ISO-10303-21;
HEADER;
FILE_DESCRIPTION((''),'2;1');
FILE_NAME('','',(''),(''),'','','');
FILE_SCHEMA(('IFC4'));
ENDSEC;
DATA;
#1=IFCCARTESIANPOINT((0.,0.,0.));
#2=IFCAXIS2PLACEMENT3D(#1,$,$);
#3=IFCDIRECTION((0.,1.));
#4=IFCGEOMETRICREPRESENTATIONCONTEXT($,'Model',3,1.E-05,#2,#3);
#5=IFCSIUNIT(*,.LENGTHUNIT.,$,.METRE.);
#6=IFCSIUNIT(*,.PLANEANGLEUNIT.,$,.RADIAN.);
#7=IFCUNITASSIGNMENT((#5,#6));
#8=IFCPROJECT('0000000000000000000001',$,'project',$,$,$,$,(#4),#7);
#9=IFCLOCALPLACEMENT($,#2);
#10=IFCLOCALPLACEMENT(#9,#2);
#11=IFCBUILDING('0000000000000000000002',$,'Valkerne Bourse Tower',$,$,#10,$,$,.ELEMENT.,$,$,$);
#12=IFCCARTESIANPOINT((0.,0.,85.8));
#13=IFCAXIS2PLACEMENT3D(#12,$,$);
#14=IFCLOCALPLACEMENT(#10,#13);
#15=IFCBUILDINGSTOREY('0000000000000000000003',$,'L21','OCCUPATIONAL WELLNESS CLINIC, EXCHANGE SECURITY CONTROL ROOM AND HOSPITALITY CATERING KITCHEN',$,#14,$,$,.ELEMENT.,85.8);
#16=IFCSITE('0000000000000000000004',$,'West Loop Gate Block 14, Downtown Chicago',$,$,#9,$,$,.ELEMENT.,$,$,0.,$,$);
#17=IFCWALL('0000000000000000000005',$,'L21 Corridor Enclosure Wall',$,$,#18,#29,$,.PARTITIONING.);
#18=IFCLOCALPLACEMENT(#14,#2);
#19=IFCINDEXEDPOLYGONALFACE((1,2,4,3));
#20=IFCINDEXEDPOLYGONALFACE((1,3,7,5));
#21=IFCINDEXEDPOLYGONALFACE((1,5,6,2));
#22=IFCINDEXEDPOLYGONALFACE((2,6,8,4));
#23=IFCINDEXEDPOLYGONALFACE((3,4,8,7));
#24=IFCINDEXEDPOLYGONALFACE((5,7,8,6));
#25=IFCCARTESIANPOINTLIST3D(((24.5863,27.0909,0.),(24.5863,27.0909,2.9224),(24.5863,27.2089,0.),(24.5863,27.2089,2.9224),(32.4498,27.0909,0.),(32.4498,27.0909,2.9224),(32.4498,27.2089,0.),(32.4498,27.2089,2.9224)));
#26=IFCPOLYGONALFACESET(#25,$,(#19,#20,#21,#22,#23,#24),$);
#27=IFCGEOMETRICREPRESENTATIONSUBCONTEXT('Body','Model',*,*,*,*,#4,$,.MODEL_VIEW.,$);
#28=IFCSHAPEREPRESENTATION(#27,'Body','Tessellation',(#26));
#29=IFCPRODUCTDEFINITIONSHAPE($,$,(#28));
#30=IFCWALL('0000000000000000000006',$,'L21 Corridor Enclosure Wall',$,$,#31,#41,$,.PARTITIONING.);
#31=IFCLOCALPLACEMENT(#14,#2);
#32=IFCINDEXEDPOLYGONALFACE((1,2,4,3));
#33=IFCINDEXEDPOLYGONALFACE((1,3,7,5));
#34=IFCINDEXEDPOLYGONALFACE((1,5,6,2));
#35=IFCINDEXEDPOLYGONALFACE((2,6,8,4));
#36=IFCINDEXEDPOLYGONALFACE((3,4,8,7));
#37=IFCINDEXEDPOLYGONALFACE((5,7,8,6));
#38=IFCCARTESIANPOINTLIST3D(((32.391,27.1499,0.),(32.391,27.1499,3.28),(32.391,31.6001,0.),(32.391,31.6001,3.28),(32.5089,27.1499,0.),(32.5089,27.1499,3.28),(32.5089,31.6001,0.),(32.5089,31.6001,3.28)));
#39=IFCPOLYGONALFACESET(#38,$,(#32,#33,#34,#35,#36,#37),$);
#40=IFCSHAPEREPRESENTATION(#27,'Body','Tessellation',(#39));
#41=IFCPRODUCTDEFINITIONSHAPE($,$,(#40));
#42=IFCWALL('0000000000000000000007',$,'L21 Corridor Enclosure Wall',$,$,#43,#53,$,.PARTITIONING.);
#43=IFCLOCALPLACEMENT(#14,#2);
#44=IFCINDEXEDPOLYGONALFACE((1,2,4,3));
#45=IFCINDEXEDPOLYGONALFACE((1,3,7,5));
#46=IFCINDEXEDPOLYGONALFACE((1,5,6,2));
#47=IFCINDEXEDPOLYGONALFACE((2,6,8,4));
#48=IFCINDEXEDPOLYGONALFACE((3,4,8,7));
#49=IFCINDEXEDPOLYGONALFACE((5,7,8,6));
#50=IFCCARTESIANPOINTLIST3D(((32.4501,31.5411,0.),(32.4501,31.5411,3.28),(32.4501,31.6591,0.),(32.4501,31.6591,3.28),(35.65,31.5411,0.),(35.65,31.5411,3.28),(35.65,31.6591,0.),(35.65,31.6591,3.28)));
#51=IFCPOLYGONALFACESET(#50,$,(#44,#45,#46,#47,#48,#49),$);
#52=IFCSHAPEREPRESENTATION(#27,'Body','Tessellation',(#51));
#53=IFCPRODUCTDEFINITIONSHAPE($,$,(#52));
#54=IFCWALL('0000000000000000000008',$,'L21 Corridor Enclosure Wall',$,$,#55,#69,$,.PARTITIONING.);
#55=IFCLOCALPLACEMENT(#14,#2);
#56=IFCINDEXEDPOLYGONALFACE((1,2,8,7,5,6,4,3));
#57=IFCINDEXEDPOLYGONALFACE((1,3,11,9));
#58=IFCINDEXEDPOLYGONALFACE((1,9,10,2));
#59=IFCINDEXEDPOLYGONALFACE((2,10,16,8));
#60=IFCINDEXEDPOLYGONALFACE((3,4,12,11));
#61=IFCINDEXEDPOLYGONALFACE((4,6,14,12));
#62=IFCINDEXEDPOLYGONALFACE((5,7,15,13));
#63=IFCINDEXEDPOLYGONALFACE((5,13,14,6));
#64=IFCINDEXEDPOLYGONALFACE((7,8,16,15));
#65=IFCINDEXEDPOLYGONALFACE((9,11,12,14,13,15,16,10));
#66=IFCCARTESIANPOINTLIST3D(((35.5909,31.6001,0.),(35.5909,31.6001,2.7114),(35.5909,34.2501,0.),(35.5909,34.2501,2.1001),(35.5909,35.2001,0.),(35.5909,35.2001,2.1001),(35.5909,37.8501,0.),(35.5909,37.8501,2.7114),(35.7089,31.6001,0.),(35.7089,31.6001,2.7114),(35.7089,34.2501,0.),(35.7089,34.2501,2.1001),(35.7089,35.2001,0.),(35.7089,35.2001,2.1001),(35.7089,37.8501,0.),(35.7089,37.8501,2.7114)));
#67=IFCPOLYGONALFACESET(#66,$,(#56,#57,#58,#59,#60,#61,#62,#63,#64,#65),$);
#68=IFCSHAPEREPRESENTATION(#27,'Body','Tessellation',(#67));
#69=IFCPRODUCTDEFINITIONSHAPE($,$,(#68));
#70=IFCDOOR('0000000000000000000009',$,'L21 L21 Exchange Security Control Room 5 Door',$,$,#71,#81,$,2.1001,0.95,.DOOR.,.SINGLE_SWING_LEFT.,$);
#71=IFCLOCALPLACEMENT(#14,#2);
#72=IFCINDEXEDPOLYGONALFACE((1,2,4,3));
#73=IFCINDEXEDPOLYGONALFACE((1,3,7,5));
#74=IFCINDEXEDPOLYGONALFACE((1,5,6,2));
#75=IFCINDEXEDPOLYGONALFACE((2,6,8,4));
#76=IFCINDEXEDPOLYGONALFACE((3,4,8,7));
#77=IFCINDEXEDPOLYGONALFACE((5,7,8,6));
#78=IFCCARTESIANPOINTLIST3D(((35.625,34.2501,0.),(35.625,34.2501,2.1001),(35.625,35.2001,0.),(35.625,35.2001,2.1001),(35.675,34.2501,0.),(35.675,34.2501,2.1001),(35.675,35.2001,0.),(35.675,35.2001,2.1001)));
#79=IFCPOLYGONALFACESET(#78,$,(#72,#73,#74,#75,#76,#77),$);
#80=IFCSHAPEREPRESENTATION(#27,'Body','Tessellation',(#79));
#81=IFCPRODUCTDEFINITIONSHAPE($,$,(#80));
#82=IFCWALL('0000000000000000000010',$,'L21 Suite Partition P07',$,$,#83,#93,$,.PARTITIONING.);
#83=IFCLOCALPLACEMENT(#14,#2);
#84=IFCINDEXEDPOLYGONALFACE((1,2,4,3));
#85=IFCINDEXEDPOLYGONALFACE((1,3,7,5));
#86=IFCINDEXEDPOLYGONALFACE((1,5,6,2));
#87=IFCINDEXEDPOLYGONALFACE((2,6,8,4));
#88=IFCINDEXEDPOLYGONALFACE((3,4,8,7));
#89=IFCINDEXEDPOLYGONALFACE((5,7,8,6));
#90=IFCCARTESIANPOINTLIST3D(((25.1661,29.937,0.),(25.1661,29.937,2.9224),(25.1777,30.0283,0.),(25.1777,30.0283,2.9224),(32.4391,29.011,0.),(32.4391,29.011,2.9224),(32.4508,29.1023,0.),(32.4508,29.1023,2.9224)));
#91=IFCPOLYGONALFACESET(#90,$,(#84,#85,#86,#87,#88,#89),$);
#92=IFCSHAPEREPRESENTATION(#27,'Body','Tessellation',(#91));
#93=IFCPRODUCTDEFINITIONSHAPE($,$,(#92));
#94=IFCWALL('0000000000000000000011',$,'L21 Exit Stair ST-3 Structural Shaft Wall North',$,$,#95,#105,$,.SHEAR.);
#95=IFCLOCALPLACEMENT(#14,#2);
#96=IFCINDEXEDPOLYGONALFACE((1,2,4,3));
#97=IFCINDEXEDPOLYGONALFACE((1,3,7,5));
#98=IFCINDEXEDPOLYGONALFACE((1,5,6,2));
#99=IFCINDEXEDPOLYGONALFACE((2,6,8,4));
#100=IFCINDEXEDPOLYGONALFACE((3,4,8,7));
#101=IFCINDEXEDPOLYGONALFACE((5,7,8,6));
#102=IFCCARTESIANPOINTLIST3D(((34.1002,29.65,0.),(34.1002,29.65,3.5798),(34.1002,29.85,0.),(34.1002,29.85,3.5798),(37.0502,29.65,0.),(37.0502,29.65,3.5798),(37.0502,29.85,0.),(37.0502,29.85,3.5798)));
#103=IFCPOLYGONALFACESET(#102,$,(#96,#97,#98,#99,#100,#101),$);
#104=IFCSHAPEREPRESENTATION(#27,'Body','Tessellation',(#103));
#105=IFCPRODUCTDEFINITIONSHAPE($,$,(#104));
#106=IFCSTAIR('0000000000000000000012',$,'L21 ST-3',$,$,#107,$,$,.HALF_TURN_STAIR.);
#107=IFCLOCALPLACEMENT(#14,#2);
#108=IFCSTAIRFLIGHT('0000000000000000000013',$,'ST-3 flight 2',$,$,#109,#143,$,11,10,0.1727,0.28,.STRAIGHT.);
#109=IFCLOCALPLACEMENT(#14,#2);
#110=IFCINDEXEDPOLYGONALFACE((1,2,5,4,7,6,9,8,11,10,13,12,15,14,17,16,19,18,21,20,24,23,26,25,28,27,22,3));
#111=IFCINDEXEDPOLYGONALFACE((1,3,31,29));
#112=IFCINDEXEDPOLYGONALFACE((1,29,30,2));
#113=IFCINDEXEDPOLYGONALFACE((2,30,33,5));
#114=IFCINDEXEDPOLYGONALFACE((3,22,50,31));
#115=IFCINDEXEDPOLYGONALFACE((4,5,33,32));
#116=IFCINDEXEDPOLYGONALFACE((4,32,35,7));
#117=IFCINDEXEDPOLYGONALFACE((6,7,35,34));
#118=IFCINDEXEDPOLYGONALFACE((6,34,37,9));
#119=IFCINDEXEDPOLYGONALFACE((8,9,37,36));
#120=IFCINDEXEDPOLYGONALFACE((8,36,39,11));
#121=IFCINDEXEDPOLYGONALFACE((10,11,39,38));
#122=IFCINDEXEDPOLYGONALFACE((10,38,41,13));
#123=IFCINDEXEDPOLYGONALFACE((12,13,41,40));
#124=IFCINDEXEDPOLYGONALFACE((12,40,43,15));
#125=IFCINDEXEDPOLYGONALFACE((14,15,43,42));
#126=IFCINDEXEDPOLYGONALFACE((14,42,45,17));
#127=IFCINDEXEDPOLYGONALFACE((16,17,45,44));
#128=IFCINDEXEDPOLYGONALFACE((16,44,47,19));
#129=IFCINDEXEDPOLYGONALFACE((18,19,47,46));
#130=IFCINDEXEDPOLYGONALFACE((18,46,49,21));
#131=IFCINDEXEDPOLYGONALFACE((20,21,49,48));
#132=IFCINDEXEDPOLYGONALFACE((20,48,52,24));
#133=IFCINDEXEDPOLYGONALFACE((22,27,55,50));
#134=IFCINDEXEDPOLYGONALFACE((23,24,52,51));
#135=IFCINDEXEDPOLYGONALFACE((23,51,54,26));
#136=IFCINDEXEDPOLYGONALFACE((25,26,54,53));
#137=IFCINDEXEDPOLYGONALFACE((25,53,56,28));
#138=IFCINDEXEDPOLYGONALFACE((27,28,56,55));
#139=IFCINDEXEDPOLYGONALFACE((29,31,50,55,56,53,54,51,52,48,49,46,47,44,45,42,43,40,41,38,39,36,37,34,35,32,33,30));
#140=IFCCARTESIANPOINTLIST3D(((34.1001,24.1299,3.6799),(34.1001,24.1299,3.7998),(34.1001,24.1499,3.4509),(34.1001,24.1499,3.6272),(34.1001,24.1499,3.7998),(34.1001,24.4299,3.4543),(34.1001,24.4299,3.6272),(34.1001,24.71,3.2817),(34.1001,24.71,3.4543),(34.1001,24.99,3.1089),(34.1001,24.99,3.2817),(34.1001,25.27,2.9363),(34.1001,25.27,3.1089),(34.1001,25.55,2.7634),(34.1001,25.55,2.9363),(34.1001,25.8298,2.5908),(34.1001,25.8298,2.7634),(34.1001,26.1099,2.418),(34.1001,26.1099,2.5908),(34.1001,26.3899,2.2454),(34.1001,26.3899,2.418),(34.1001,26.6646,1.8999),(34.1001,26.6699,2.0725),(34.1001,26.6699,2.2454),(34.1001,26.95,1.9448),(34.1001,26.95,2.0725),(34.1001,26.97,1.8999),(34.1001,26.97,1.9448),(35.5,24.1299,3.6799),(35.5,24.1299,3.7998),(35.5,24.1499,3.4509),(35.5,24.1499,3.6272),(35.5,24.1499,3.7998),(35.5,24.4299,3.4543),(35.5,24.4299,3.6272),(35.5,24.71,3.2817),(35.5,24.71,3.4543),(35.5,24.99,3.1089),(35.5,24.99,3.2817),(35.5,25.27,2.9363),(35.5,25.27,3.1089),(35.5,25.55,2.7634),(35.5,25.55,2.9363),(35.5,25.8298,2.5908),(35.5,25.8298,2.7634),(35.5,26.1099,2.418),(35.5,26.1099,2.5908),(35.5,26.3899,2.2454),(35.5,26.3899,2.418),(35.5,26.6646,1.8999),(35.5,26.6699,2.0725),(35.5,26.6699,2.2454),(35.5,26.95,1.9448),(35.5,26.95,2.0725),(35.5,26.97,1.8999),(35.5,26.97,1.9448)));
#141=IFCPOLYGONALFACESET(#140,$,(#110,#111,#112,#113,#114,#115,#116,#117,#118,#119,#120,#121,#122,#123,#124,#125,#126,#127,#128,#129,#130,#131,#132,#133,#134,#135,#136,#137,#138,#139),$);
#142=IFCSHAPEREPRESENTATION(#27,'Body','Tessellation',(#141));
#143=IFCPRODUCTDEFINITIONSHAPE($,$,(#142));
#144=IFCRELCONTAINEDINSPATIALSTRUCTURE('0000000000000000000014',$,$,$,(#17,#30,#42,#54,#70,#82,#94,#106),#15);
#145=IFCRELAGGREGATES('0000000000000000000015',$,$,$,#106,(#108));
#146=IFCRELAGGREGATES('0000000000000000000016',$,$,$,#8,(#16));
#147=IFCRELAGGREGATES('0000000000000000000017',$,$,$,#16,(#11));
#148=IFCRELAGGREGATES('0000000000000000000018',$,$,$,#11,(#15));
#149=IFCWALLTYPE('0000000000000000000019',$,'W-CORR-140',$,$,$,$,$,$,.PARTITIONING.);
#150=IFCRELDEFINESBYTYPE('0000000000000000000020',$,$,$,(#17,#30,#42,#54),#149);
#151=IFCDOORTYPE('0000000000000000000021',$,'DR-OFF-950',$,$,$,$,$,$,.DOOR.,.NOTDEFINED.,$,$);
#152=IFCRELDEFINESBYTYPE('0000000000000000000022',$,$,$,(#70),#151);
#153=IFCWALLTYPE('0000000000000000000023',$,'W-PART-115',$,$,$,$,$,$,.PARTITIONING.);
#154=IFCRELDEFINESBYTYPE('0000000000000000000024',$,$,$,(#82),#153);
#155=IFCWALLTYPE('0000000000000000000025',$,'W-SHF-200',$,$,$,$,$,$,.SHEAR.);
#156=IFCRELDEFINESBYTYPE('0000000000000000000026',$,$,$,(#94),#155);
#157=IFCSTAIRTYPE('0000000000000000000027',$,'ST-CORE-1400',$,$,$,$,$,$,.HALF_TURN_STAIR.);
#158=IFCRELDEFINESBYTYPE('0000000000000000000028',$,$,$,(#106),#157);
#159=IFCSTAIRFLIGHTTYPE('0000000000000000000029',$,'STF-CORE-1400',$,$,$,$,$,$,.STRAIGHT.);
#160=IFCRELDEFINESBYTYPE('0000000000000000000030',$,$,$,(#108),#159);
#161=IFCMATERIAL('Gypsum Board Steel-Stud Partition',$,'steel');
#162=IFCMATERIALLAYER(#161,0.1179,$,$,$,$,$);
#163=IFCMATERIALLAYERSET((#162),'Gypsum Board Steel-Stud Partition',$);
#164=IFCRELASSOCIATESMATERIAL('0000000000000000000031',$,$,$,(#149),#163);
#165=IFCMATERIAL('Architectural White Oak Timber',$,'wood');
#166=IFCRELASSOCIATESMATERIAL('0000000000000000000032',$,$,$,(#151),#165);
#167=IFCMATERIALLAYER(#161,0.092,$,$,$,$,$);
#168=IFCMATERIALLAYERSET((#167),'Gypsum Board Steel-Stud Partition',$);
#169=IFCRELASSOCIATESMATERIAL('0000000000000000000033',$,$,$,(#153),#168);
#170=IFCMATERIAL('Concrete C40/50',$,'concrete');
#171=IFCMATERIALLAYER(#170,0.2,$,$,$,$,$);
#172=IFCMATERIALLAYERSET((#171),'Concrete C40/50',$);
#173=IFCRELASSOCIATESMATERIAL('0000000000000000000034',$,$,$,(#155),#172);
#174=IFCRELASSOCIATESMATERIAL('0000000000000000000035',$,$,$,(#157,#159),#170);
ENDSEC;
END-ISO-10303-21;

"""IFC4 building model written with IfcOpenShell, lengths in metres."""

from ifc_helpers import new_model, si_unit, direction, frame, frame_2d, origin, place, context, subcontext, project, spatial, polyline, rectangle, outline, extrude, material, layer, layer_set, type_object, element, fill, aggregate, save


model = new_model("IFC4")

# Units and contexts
model_context = context("Model", 3, precision=1e-05, world=origin(), true_north=direction((0.0, 1.0)))
body_context = subcontext(model_context, "Body", "Model", "MODEL_VIEW")
ifc_project = project(units=[si_unit("LENGTHUNIT", "METRE"), si_unit("PLANEANGLEUNIT", "RADIAN")], contexts=[model_context])

# Site, building, storey
site_placement = place(None, origin())
site = spatial("IfcSite", under=ifc_project, at=site_placement, Name="West Loop Gate Block 14, Downtown Chicago", CompositionType="ELEMENT", RefElevation=0.0)
building_placement = place(site_placement, origin())
building = spatial("IfcBuilding", under=site, at=building_placement, Name="Valkerne Bourse Tower", CompositionType="ELEMENT")
storey_placement = place(building_placement, frame((0.0, 0.0, 85.8)))
storey = spatial("IfcBuildingStorey", under=building, at=storey_placement, Name="L21", Description="OCCUPATIONAL WELLNESS CLINIC, EXCHANGE SECURITY CONTROL ROOM AND HOSPITALITY CATERING KITCHEN", CompositionType="ELEMENT", Elevation=85.8)

# Shared definitions
ifc_material_1 = material(Name="Gypsum Board Steel-Stud Partition", Category="steel")
ifc_layer_1 = layer(ifc_material_1, 0.1179)
ifc_layer_set_1 = layer_set([ifc_layer_1], Name="Gypsum Board Steel-Stud Partition")
wall_type_1 = type_object("IfcWallType", Name="W-CORR-140", PredefinedType="PARTITIONING", material=ifc_layer_set_1)
ifc_material_2 = material(Name="Architectural White Oak Timber", Category="wood")
door_type = type_object("IfcDoorType", Name="DR-OFF-950", OperationType="NOTDEFINED", PredefinedType="DOOR", material=ifc_material_2)

# Walls
wall_1_placement = place(storey_placement, frame((24.5864, 27.1499, 0.0), z_axis=(0.0, 0.0, 1.0), x_axis=(1.0, 0.0, 0.0)))
element("IfcWall", 1, at=wall_1_placement, inside=storey, type_object=wall_type_1, Name="L21 Corridor Enclosure Wall", PredefinedType="PARTITIONING", context=body_context, shape_type="SweptSolid", body=[
    extrude(rectangle(XDim=7.8635, YDim=0.1179, at=frame_2d((3.9316, 0.0))), origin(), (0.0, 0.0, 1.0), 2.9224),
])
wall_2_placement = place(storey_placement, frame((32.45, 27.1499, 0.0), z_axis=(0.0, 0.0, 1.0), x_axis=(0.0, 1.0, 0.0)))
element("IfcWall", 2, at=wall_2_placement, inside=storey, type_object=wall_type_1, Name="L21 Corridor Enclosure Wall", PredefinedType="PARTITIONING", context=body_context, shape_type="SweptSolid", body=[
    extrude(rectangle(XDim=4.4502, YDim=0.1179, at=frame_2d((2.2251, 0.0))), origin(), (0.0, 0.0, 1.0), 3.28),
])
wall_3_placement = place(storey_placement, frame((32.45, 31.6001, 0.0), z_axis=(0.0, 0.0, 1.0), x_axis=(1.0, 0.0, 0.0)))
element("IfcWall", 3, at=wall_3_placement, inside=storey, type_object=wall_type_1, Name="L21 Corridor Enclosure Wall", PredefinedType="PARTITIONING", context=body_context, shape_type="SweptSolid", body=[
    extrude(rectangle(XDim=3.2, YDim=0.1179, at=frame_2d((1.6001, 0.0))), origin(), (0.0, 0.0, 1.0), 3.28),
])

# Wall, opening, door
wall_4_placement = place(storey_placement, frame((35.6499, 31.6001, 0.0), z_axis=(0.0, 0.0, 1.0), x_axis=(0.0, 1.0, 0.0)))
wall_4 = element("IfcWall", 4, at=wall_4_placement, inside=storey, type_object=wall_type_1, Name="L21 Corridor Enclosure Wall", PredefinedType="PARTITIONING", context=body_context, shape_type="SweptSolid", body=[
    extrude(rectangle(XDim=6.25, YDim=0.1179, at=frame_2d((3.125, 0.0))), origin(), (0.0, 0.0, 1.0), 2.7114),
])
opening_1_placement = place(wall_4_placement, frame((2.6499, 0.0, 0.0)))
opening_1 = element("IfcOpeningElement", 5, at=opening_1_placement, cuts=wall_4, PredefinedType="OPENING", context=body_context, shape_type="SweptSolid", body=[
    extrude(rectangle(XDim=0.95, YDim=2.1001, at=frame_2d((0.4751, 1.05))), frame((0.0, 0.0688, 0.0), z_axis=(0.0, -1.0, 0.0), x_axis=(1.0, 0.0, 0.0)), (0.0, 0.0, 1.0), 0.1379),
])
door_1_placement = place(opening_1_placement, origin())
door_1 = element("IfcDoor", 6, at=door_1_placement, inside=storey, type_object=door_type, Name="L21 L21 Exchange Security Control Room 5 Door", OperationType="SINGLE_SWING_LEFT", OverallHeight=2.1001, OverallWidth=0.95, PredefinedType="DOOR", context=body_context, shape_type="SweptSolid", body=[
    extrude(rectangle(XDim=0.95, YDim=2.1001, at=frame_2d((0.4751, 1.05))), frame((0.0, 0.0249, 0.0), z_axis=(0.0, -1.0, 0.0), x_axis=(1.0, 0.0, 0.0)), (0.0, 0.0, 1.0), 0.05),
])
fill(opening_1, door_1)

# Walls
ifc_layer_2 = layer(ifc_material_1, 0.092)
ifc_layer_set_2 = layer_set([ifc_layer_2], Name="Gypsum Board Steel-Stud Partition")
wall_type_2 = type_object("IfcWallType", Name="W-PART-115", PredefinedType="PARTITIONING", material=ifc_layer_set_2)
wall_5_placement = place(storey_placement, frame((32.4451, 29.0566, 0.0), z_axis=(0.0, 0.0, 1.0), x_axis=(-0.991992, 0.126301, 0.0)))
element("IfcWall", 7, at=wall_5_placement, inside=storey, type_object=wall_type_2, Name="L21 Suite Partition P07", PredefinedType="PARTITIONING", context=body_context, shape_type="SweptSolid", body=[
    extrude(rectangle(XDim=7.3318, YDim=0.092, at=frame_2d((3.666, 0.0))), origin(), (0.0, 0.0, 1.0), 2.9224),
])
ifc_material_3 = material(Name="Concrete C40/50", Category="concrete")
ifc_layer_3 = layer(ifc_material_3, 0.2)
ifc_layer_set_3 = layer_set([ifc_layer_3], Name="Concrete C40/50")
wall_type_3 = type_object("IfcWallType", Name="W-SHF-200", PredefinedType="SHEAR", material=ifc_layer_set_3)
wall_6_placement = place(storey_placement, frame((34.1001, 29.75, 0.0), z_axis=(0.0, 0.0, 1.0), x_axis=(1.0, 0.0, 0.0)))
element("IfcWall", 8, at=wall_6_placement, inside=storey, type_object=wall_type_3, Name="L21 Exit Stair ST-3 Structural Shaft Wall North", PredefinedType="SHEAR", context=body_context, shape_type="SweptSolid", body=[
    extrude(rectangle(XDim=2.95, YDim=0.2, at=frame_2d((1.4751, 0.0))), origin(), (0.0, 0.0, 1.0), 3.5798),
])

# Stair, stair flight
stair_type = type_object("IfcStairType", Name="ST-CORE-1400", PredefinedType="HALF_TURN_STAIR", material=ifc_material_3)
stair_placement = place(storey_placement, origin())
stair = element("IfcStair", 9, at=stair_placement, inside=storey, type_object=stair_type, Name="L21 ST-3", PredefinedType="HALF_TURN_STAIR")
stair_flight_type = type_object("IfcStairFlightType", Name="STF-CORE-1400", PredefinedType="STRAIGHT", material=ifc_material_3)
stair_flight_placement = place(storey_placement, frame((34.8, 26.95, 1.8999), z_axis=(0.0, 0.0, 1.0), x_axis=(0.0, -1.0, 0.0)))
stair_flight = element("IfcStairFlight", 10, at=stair_flight_placement, type_object=stair_flight_type, Name="ST-3 flight 2", NumberOfRisers=11, NumberOfTreads=10, PredefinedType="STRAIGHT", RiserHeight=0.1727, TreadLength=0.28, context=body_context, shape_type="SweptSolid", body=[
    extrude(outline(polyline([(-0.02, 0.0), (-0.02, 0.0449), (0.0, 0.0449), (0.0, 0.1726), (0.28, 0.1726), (0.28, 0.3455), (0.5601, 0.3455), (0.5601, 0.5181), (0.8401, 0.5181), (0.8401, 0.6909), (1.1201, 0.6909), (1.1201, 0.8635), (1.3999, 0.8635), (1.3999, 1.0364), (1.6799, 1.0364), (1.6799, 1.209), (1.96, 1.209), (1.96, 1.3818), (2.24, 1.3818), (2.24, 1.5544), (2.52, 1.5544), (2.52, 1.7273), (2.8, 1.7273), (2.8, 1.8999), (2.8201, 1.8999), (2.8201, 1.78), (2.8, 1.551), (0.2854, 0.0), (-0.02, 0.0)])), frame((0.0, 0.7, 0.0), z_axis=(0.0, -1.0, 0.0), x_axis=(1.0, 0.0, 0.0)), (0.0, 0.0, 1.0), 1.3999),
])
aggregate(stair, [stair_flight])

save(model, "model.ifc")
